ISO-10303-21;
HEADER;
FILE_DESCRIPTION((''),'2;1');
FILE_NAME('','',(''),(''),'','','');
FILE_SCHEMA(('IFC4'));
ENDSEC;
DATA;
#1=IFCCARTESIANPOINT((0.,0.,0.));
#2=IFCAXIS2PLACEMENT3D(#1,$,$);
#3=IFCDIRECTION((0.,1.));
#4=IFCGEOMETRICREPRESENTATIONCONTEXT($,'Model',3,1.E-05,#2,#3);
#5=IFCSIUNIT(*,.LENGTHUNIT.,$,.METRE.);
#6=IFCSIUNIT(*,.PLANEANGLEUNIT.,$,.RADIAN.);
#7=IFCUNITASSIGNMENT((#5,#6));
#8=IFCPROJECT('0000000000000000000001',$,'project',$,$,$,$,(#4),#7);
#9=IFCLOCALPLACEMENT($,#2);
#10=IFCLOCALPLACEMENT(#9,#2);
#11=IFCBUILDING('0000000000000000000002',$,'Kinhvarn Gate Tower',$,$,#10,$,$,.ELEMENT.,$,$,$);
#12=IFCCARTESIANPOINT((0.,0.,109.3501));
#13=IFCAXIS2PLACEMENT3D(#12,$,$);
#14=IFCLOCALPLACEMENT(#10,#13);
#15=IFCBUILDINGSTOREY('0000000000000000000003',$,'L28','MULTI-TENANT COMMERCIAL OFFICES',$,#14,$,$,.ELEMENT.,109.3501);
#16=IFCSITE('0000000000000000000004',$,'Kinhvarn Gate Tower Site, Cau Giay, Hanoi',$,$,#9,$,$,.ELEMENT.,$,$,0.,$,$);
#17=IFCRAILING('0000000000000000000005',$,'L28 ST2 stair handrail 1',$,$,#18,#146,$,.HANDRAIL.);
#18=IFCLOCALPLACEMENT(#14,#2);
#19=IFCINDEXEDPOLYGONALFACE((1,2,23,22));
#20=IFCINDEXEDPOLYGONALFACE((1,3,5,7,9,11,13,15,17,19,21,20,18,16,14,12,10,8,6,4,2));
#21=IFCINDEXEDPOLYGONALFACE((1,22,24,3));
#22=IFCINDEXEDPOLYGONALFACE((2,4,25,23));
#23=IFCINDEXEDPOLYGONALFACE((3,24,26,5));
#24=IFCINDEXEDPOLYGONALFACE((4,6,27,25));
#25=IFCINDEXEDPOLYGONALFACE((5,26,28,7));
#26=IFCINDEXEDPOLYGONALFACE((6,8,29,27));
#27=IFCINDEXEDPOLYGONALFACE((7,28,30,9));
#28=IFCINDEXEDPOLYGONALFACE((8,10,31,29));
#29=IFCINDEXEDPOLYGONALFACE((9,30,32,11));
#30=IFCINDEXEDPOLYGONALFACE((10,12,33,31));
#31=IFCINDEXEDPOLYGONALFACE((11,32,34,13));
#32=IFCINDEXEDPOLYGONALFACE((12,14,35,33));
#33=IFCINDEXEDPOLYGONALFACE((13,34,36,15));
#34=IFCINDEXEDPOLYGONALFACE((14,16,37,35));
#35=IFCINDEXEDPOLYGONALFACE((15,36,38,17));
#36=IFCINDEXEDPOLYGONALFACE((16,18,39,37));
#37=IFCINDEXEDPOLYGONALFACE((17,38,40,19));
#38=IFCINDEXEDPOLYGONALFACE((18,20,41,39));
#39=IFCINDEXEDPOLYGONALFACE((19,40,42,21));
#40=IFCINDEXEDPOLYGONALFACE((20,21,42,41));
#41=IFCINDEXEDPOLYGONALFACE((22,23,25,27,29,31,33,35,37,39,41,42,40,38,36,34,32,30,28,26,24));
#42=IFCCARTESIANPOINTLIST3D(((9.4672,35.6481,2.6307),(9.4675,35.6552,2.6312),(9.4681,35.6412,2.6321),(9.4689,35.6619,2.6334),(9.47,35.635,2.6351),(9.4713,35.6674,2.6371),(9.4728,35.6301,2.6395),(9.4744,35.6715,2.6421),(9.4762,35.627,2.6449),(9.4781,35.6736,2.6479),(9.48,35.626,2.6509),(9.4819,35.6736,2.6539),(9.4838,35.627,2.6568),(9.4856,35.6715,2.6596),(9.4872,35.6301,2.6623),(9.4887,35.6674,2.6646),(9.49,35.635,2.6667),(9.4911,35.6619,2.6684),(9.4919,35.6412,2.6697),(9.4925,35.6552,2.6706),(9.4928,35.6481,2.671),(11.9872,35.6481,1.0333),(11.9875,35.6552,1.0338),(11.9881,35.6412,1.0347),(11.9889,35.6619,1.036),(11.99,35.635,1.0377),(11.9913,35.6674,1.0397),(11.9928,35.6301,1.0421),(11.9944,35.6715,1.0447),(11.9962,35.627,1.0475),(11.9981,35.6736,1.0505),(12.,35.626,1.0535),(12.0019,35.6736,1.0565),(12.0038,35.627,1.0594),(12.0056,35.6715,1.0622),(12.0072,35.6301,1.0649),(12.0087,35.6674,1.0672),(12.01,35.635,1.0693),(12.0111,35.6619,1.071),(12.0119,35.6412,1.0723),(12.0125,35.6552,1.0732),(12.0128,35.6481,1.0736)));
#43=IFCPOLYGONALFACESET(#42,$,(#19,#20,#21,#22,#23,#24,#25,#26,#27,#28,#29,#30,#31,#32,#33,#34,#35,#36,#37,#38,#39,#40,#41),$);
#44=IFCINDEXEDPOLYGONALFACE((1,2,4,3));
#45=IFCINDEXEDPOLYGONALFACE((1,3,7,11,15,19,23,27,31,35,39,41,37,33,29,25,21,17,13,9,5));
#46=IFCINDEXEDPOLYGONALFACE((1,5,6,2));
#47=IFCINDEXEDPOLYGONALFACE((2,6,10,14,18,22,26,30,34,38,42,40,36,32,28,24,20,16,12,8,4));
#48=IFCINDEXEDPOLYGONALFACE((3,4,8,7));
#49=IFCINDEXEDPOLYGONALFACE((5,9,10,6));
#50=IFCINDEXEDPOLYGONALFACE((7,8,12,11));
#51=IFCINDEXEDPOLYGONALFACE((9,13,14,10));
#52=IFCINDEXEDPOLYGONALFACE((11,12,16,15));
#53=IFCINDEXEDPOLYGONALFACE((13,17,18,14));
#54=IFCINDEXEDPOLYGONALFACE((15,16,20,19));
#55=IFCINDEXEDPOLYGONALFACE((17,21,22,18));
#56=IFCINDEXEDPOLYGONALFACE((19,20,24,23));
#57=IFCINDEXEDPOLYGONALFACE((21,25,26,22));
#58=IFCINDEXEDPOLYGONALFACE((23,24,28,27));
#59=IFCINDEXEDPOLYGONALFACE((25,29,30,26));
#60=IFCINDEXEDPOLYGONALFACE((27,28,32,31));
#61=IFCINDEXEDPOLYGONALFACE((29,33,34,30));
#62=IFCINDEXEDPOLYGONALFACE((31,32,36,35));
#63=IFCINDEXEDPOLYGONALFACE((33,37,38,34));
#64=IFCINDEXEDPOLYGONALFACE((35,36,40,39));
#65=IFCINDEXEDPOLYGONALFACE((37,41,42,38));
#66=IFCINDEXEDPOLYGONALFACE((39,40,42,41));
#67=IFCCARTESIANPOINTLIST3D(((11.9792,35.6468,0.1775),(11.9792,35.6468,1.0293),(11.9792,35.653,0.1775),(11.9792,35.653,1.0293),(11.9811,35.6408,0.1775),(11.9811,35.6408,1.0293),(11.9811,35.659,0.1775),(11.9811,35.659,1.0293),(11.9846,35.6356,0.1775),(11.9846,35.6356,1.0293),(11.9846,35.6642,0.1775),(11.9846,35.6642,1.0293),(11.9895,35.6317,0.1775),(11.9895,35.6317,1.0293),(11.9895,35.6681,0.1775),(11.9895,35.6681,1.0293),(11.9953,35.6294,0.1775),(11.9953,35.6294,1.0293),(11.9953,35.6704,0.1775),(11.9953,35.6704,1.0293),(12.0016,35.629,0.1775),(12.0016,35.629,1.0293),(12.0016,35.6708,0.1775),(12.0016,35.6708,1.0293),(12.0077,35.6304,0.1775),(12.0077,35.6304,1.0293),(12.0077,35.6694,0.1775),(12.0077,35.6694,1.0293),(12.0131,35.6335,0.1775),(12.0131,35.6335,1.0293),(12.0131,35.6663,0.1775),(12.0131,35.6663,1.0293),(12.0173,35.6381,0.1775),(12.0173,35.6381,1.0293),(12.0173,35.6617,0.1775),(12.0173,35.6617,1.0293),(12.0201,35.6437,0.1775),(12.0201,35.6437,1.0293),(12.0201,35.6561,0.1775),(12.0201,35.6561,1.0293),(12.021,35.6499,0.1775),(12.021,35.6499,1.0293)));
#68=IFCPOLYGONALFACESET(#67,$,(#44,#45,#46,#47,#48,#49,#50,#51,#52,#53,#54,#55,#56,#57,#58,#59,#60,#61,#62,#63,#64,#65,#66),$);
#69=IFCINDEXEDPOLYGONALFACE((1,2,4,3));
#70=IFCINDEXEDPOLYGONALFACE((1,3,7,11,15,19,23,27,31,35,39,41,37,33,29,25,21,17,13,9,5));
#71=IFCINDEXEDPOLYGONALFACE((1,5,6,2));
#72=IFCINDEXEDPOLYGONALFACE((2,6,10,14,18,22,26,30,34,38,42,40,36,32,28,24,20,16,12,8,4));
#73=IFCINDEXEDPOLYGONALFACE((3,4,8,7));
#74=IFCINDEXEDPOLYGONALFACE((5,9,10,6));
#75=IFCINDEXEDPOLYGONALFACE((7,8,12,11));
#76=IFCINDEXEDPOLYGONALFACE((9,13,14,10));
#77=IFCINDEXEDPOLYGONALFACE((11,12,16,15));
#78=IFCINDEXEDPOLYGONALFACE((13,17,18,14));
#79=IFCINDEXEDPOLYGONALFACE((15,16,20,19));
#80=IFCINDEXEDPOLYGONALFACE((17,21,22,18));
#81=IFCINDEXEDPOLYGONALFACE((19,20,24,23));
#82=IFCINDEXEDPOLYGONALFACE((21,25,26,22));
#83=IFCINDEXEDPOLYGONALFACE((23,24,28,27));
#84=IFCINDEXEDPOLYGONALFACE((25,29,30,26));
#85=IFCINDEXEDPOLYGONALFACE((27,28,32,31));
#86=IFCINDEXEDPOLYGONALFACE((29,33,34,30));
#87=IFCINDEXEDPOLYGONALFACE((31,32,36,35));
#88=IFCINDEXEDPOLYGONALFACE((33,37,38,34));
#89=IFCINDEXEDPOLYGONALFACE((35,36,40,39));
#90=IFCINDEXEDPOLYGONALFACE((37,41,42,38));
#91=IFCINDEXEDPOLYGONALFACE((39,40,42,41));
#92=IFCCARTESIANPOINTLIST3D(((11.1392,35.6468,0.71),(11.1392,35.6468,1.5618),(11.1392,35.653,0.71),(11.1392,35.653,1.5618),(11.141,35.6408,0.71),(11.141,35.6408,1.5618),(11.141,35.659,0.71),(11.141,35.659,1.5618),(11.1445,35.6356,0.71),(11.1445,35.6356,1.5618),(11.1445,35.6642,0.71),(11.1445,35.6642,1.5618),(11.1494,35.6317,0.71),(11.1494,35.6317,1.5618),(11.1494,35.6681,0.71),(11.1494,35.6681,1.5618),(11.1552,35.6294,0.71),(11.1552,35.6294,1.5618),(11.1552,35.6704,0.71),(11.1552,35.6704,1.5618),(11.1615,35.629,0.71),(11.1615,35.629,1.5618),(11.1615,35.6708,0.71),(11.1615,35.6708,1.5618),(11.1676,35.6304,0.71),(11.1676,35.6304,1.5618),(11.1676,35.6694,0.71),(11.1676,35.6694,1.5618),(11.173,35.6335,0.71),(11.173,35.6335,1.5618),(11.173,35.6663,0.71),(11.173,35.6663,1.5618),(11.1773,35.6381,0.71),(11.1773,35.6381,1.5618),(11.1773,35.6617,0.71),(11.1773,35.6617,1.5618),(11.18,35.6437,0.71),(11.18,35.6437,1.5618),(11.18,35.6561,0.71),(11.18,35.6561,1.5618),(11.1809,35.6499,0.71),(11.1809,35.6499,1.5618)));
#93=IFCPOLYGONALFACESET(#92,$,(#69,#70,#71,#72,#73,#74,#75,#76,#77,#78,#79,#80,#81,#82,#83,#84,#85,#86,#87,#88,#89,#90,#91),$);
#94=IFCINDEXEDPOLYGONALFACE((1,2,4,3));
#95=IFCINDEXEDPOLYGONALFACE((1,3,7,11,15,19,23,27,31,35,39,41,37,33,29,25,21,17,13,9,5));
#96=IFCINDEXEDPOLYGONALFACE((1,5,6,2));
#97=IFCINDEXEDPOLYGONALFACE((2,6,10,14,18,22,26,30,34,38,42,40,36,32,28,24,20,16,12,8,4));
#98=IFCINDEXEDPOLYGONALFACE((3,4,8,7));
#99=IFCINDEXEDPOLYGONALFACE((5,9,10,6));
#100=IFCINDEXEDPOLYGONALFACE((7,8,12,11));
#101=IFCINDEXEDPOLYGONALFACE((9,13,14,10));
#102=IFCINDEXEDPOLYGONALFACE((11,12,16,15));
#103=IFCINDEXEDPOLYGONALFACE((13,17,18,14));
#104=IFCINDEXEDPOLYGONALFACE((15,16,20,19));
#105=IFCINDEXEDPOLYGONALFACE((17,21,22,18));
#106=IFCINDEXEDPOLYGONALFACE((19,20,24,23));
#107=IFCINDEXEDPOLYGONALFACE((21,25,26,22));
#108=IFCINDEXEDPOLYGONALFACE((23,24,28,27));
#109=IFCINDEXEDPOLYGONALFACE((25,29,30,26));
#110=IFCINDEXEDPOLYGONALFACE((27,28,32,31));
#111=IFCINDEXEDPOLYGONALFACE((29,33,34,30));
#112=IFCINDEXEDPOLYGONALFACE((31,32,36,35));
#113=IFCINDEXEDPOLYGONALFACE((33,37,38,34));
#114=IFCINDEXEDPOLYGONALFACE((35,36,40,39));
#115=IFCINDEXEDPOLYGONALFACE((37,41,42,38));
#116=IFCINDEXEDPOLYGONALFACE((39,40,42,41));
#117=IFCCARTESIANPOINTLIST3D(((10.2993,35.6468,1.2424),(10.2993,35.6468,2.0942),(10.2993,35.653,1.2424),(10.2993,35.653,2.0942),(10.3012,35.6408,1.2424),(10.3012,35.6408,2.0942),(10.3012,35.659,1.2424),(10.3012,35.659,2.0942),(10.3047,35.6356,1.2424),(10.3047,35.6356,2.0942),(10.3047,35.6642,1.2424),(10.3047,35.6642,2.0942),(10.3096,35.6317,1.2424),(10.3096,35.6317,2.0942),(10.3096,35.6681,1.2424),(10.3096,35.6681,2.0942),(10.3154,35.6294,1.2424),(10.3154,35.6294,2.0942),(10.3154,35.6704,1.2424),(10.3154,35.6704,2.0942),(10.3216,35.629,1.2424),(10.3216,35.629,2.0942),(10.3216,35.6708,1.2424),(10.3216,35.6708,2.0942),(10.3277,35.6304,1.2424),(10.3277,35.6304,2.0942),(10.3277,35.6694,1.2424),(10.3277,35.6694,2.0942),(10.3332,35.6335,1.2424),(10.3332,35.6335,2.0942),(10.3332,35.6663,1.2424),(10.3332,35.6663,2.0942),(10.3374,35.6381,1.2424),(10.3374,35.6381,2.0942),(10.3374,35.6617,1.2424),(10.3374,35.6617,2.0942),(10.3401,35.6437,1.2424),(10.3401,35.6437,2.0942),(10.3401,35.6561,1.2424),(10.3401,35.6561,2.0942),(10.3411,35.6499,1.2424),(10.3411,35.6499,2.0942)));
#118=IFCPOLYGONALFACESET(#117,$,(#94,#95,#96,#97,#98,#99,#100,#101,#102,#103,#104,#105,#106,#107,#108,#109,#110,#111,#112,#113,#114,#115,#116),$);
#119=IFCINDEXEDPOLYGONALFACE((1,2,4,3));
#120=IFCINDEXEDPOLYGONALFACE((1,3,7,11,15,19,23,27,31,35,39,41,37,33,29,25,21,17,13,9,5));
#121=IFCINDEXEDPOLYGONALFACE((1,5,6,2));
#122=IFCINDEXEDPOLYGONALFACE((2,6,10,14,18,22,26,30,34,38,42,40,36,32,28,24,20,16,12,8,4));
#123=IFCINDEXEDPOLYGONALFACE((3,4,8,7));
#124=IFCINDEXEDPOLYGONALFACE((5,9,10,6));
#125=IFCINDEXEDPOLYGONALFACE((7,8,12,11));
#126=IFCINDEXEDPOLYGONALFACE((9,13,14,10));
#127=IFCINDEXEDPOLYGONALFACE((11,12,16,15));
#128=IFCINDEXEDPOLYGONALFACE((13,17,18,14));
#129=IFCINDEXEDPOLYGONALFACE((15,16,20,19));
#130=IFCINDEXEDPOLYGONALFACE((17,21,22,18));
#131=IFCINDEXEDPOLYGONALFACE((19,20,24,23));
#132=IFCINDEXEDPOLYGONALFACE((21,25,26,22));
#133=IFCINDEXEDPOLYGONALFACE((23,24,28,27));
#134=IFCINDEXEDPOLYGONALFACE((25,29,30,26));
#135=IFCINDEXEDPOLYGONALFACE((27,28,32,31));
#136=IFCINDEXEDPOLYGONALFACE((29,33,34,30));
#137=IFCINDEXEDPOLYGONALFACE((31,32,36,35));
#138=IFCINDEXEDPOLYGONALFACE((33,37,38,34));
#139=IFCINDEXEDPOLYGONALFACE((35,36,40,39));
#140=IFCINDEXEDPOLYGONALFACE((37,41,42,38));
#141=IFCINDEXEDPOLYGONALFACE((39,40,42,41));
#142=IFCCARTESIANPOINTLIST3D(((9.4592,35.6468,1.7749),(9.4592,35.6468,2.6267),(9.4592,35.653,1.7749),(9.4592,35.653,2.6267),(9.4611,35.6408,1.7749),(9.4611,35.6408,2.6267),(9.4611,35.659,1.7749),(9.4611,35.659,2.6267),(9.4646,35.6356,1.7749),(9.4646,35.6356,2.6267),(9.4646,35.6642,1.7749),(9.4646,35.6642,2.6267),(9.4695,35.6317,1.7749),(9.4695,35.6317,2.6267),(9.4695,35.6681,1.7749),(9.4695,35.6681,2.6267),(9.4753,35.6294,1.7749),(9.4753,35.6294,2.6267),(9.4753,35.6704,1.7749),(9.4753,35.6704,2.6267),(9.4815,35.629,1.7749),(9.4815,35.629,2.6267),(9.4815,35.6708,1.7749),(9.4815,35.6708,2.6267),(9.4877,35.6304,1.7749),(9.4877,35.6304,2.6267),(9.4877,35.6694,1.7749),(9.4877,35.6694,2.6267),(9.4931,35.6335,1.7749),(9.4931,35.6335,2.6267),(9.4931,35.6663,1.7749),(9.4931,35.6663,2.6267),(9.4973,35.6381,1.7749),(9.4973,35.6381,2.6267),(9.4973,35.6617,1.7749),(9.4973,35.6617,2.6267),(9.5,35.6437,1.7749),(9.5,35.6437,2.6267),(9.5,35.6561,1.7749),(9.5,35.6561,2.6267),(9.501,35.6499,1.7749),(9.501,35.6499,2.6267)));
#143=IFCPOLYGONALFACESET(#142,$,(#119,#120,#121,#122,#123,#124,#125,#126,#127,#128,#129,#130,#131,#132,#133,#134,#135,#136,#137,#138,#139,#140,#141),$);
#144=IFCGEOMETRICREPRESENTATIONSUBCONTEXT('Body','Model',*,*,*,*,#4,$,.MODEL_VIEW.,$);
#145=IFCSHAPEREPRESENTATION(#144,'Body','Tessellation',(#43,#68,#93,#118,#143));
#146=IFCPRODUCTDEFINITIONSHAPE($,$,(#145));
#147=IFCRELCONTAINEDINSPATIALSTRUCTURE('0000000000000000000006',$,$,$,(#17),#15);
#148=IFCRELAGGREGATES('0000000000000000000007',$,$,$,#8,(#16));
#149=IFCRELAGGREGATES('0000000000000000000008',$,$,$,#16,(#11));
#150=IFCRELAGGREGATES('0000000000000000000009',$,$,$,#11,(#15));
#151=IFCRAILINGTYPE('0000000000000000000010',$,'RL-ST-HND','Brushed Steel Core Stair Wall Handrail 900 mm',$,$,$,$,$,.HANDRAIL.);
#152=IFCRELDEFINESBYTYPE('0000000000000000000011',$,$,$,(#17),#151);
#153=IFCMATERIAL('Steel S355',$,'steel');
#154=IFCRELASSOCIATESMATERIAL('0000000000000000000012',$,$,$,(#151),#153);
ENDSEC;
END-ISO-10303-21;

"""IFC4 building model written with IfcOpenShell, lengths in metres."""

from ifc_helpers import new_model, si_unit, direction, frame, origin, origin_2d, place, context, subcontext, project, spatial, circle, extrude, material, type_object, element, save


model = new_model("IFC4")

# Units and contexts
model_context = context("Model", 3, precision=1e-05, world=origin(), true_north=direction((0.0, 1.0)))
body_context = subcontext(model_context, "Body", "Model", "MODEL_VIEW")
ifc_project = project(units=[si_unit("LENGTHUNIT", "METRE"), si_unit("PLANEANGLEUNIT", "RADIAN")], contexts=[model_context])

# Site, building, storey
site_placement = place(None, origin())
site = spatial("IfcSite", under=ifc_project, at=site_placement, Name="Kinhvarn Gate Tower Site, Cau Giay, Hanoi", CompositionType="ELEMENT", RefElevation=0.0)
building_placement = place(site_placement, origin())
building = spatial("IfcBuilding", under=site, at=building_placement, Name="Kinhvarn Gate Tower", CompositionType="ELEMENT")
storey_placement = place(building_placement, frame((0.0, 0.0, 109.3501)))
storey = spatial("IfcBuildingStorey", under=building, at=storey_placement, Name="L28", Description="MULTI-TENANT COMMERCIAL OFFICES", CompositionType="ELEMENT", Elevation=109.3501)

# Shared definitions
ifc_material_1 = material(Name="Steel S355", Category="steel")

# Railing
railing_type_1 = type_object("IfcRailingType", Name="RL-ST-HND", Description="Brushed Steel Core Stair Wall Handrail 900 mm", PredefinedType="HANDRAIL", material=ifc_material_1)
railing_1_placement = place(storey_placement, frame((12.0, 35.6499, 0.1775)))
element("IfcRailing", 1, at=railing_1_placement, inside=storey, type_object=railing_type_1, Name="L28 ST2 stair handrail 1", PredefinedType="HANDRAIL", context=body_context, shape_type="SweptSolid", body=[
    extrude(circle(Radius=0.0239, at=origin_2d()), frame((0.0, 0.0, 0.876), z_axis=(-0.844607, 0.0, 0.535387), x_axis=(0.0, -1.0, 0.0)), (0.0, 0.0, 1.0), 2.9836),
    extrude(circle(Radius=0.021, at=origin_2d()), origin(), (0.0, 0.0, 1.0), 0.8518),
    extrude(circle(Radius=0.021, at=origin_2d()), frame((-0.8401, 0.0, 0.5325)), (0.0, 0.0, 1.0), 0.8518),
    extrude(circle(Radius=0.021, at=origin_2d()), frame((-1.6799, 0.0, 1.0649)), (0.0, 0.0, 1.0), 0.8518),
    extrude(circle(Radius=0.021, at=origin_2d()), frame((-2.52, 0.0, 1.5974)), (0.0, 0.0, 1.0), 0.8518),
])

save(model, "model.ifc")
